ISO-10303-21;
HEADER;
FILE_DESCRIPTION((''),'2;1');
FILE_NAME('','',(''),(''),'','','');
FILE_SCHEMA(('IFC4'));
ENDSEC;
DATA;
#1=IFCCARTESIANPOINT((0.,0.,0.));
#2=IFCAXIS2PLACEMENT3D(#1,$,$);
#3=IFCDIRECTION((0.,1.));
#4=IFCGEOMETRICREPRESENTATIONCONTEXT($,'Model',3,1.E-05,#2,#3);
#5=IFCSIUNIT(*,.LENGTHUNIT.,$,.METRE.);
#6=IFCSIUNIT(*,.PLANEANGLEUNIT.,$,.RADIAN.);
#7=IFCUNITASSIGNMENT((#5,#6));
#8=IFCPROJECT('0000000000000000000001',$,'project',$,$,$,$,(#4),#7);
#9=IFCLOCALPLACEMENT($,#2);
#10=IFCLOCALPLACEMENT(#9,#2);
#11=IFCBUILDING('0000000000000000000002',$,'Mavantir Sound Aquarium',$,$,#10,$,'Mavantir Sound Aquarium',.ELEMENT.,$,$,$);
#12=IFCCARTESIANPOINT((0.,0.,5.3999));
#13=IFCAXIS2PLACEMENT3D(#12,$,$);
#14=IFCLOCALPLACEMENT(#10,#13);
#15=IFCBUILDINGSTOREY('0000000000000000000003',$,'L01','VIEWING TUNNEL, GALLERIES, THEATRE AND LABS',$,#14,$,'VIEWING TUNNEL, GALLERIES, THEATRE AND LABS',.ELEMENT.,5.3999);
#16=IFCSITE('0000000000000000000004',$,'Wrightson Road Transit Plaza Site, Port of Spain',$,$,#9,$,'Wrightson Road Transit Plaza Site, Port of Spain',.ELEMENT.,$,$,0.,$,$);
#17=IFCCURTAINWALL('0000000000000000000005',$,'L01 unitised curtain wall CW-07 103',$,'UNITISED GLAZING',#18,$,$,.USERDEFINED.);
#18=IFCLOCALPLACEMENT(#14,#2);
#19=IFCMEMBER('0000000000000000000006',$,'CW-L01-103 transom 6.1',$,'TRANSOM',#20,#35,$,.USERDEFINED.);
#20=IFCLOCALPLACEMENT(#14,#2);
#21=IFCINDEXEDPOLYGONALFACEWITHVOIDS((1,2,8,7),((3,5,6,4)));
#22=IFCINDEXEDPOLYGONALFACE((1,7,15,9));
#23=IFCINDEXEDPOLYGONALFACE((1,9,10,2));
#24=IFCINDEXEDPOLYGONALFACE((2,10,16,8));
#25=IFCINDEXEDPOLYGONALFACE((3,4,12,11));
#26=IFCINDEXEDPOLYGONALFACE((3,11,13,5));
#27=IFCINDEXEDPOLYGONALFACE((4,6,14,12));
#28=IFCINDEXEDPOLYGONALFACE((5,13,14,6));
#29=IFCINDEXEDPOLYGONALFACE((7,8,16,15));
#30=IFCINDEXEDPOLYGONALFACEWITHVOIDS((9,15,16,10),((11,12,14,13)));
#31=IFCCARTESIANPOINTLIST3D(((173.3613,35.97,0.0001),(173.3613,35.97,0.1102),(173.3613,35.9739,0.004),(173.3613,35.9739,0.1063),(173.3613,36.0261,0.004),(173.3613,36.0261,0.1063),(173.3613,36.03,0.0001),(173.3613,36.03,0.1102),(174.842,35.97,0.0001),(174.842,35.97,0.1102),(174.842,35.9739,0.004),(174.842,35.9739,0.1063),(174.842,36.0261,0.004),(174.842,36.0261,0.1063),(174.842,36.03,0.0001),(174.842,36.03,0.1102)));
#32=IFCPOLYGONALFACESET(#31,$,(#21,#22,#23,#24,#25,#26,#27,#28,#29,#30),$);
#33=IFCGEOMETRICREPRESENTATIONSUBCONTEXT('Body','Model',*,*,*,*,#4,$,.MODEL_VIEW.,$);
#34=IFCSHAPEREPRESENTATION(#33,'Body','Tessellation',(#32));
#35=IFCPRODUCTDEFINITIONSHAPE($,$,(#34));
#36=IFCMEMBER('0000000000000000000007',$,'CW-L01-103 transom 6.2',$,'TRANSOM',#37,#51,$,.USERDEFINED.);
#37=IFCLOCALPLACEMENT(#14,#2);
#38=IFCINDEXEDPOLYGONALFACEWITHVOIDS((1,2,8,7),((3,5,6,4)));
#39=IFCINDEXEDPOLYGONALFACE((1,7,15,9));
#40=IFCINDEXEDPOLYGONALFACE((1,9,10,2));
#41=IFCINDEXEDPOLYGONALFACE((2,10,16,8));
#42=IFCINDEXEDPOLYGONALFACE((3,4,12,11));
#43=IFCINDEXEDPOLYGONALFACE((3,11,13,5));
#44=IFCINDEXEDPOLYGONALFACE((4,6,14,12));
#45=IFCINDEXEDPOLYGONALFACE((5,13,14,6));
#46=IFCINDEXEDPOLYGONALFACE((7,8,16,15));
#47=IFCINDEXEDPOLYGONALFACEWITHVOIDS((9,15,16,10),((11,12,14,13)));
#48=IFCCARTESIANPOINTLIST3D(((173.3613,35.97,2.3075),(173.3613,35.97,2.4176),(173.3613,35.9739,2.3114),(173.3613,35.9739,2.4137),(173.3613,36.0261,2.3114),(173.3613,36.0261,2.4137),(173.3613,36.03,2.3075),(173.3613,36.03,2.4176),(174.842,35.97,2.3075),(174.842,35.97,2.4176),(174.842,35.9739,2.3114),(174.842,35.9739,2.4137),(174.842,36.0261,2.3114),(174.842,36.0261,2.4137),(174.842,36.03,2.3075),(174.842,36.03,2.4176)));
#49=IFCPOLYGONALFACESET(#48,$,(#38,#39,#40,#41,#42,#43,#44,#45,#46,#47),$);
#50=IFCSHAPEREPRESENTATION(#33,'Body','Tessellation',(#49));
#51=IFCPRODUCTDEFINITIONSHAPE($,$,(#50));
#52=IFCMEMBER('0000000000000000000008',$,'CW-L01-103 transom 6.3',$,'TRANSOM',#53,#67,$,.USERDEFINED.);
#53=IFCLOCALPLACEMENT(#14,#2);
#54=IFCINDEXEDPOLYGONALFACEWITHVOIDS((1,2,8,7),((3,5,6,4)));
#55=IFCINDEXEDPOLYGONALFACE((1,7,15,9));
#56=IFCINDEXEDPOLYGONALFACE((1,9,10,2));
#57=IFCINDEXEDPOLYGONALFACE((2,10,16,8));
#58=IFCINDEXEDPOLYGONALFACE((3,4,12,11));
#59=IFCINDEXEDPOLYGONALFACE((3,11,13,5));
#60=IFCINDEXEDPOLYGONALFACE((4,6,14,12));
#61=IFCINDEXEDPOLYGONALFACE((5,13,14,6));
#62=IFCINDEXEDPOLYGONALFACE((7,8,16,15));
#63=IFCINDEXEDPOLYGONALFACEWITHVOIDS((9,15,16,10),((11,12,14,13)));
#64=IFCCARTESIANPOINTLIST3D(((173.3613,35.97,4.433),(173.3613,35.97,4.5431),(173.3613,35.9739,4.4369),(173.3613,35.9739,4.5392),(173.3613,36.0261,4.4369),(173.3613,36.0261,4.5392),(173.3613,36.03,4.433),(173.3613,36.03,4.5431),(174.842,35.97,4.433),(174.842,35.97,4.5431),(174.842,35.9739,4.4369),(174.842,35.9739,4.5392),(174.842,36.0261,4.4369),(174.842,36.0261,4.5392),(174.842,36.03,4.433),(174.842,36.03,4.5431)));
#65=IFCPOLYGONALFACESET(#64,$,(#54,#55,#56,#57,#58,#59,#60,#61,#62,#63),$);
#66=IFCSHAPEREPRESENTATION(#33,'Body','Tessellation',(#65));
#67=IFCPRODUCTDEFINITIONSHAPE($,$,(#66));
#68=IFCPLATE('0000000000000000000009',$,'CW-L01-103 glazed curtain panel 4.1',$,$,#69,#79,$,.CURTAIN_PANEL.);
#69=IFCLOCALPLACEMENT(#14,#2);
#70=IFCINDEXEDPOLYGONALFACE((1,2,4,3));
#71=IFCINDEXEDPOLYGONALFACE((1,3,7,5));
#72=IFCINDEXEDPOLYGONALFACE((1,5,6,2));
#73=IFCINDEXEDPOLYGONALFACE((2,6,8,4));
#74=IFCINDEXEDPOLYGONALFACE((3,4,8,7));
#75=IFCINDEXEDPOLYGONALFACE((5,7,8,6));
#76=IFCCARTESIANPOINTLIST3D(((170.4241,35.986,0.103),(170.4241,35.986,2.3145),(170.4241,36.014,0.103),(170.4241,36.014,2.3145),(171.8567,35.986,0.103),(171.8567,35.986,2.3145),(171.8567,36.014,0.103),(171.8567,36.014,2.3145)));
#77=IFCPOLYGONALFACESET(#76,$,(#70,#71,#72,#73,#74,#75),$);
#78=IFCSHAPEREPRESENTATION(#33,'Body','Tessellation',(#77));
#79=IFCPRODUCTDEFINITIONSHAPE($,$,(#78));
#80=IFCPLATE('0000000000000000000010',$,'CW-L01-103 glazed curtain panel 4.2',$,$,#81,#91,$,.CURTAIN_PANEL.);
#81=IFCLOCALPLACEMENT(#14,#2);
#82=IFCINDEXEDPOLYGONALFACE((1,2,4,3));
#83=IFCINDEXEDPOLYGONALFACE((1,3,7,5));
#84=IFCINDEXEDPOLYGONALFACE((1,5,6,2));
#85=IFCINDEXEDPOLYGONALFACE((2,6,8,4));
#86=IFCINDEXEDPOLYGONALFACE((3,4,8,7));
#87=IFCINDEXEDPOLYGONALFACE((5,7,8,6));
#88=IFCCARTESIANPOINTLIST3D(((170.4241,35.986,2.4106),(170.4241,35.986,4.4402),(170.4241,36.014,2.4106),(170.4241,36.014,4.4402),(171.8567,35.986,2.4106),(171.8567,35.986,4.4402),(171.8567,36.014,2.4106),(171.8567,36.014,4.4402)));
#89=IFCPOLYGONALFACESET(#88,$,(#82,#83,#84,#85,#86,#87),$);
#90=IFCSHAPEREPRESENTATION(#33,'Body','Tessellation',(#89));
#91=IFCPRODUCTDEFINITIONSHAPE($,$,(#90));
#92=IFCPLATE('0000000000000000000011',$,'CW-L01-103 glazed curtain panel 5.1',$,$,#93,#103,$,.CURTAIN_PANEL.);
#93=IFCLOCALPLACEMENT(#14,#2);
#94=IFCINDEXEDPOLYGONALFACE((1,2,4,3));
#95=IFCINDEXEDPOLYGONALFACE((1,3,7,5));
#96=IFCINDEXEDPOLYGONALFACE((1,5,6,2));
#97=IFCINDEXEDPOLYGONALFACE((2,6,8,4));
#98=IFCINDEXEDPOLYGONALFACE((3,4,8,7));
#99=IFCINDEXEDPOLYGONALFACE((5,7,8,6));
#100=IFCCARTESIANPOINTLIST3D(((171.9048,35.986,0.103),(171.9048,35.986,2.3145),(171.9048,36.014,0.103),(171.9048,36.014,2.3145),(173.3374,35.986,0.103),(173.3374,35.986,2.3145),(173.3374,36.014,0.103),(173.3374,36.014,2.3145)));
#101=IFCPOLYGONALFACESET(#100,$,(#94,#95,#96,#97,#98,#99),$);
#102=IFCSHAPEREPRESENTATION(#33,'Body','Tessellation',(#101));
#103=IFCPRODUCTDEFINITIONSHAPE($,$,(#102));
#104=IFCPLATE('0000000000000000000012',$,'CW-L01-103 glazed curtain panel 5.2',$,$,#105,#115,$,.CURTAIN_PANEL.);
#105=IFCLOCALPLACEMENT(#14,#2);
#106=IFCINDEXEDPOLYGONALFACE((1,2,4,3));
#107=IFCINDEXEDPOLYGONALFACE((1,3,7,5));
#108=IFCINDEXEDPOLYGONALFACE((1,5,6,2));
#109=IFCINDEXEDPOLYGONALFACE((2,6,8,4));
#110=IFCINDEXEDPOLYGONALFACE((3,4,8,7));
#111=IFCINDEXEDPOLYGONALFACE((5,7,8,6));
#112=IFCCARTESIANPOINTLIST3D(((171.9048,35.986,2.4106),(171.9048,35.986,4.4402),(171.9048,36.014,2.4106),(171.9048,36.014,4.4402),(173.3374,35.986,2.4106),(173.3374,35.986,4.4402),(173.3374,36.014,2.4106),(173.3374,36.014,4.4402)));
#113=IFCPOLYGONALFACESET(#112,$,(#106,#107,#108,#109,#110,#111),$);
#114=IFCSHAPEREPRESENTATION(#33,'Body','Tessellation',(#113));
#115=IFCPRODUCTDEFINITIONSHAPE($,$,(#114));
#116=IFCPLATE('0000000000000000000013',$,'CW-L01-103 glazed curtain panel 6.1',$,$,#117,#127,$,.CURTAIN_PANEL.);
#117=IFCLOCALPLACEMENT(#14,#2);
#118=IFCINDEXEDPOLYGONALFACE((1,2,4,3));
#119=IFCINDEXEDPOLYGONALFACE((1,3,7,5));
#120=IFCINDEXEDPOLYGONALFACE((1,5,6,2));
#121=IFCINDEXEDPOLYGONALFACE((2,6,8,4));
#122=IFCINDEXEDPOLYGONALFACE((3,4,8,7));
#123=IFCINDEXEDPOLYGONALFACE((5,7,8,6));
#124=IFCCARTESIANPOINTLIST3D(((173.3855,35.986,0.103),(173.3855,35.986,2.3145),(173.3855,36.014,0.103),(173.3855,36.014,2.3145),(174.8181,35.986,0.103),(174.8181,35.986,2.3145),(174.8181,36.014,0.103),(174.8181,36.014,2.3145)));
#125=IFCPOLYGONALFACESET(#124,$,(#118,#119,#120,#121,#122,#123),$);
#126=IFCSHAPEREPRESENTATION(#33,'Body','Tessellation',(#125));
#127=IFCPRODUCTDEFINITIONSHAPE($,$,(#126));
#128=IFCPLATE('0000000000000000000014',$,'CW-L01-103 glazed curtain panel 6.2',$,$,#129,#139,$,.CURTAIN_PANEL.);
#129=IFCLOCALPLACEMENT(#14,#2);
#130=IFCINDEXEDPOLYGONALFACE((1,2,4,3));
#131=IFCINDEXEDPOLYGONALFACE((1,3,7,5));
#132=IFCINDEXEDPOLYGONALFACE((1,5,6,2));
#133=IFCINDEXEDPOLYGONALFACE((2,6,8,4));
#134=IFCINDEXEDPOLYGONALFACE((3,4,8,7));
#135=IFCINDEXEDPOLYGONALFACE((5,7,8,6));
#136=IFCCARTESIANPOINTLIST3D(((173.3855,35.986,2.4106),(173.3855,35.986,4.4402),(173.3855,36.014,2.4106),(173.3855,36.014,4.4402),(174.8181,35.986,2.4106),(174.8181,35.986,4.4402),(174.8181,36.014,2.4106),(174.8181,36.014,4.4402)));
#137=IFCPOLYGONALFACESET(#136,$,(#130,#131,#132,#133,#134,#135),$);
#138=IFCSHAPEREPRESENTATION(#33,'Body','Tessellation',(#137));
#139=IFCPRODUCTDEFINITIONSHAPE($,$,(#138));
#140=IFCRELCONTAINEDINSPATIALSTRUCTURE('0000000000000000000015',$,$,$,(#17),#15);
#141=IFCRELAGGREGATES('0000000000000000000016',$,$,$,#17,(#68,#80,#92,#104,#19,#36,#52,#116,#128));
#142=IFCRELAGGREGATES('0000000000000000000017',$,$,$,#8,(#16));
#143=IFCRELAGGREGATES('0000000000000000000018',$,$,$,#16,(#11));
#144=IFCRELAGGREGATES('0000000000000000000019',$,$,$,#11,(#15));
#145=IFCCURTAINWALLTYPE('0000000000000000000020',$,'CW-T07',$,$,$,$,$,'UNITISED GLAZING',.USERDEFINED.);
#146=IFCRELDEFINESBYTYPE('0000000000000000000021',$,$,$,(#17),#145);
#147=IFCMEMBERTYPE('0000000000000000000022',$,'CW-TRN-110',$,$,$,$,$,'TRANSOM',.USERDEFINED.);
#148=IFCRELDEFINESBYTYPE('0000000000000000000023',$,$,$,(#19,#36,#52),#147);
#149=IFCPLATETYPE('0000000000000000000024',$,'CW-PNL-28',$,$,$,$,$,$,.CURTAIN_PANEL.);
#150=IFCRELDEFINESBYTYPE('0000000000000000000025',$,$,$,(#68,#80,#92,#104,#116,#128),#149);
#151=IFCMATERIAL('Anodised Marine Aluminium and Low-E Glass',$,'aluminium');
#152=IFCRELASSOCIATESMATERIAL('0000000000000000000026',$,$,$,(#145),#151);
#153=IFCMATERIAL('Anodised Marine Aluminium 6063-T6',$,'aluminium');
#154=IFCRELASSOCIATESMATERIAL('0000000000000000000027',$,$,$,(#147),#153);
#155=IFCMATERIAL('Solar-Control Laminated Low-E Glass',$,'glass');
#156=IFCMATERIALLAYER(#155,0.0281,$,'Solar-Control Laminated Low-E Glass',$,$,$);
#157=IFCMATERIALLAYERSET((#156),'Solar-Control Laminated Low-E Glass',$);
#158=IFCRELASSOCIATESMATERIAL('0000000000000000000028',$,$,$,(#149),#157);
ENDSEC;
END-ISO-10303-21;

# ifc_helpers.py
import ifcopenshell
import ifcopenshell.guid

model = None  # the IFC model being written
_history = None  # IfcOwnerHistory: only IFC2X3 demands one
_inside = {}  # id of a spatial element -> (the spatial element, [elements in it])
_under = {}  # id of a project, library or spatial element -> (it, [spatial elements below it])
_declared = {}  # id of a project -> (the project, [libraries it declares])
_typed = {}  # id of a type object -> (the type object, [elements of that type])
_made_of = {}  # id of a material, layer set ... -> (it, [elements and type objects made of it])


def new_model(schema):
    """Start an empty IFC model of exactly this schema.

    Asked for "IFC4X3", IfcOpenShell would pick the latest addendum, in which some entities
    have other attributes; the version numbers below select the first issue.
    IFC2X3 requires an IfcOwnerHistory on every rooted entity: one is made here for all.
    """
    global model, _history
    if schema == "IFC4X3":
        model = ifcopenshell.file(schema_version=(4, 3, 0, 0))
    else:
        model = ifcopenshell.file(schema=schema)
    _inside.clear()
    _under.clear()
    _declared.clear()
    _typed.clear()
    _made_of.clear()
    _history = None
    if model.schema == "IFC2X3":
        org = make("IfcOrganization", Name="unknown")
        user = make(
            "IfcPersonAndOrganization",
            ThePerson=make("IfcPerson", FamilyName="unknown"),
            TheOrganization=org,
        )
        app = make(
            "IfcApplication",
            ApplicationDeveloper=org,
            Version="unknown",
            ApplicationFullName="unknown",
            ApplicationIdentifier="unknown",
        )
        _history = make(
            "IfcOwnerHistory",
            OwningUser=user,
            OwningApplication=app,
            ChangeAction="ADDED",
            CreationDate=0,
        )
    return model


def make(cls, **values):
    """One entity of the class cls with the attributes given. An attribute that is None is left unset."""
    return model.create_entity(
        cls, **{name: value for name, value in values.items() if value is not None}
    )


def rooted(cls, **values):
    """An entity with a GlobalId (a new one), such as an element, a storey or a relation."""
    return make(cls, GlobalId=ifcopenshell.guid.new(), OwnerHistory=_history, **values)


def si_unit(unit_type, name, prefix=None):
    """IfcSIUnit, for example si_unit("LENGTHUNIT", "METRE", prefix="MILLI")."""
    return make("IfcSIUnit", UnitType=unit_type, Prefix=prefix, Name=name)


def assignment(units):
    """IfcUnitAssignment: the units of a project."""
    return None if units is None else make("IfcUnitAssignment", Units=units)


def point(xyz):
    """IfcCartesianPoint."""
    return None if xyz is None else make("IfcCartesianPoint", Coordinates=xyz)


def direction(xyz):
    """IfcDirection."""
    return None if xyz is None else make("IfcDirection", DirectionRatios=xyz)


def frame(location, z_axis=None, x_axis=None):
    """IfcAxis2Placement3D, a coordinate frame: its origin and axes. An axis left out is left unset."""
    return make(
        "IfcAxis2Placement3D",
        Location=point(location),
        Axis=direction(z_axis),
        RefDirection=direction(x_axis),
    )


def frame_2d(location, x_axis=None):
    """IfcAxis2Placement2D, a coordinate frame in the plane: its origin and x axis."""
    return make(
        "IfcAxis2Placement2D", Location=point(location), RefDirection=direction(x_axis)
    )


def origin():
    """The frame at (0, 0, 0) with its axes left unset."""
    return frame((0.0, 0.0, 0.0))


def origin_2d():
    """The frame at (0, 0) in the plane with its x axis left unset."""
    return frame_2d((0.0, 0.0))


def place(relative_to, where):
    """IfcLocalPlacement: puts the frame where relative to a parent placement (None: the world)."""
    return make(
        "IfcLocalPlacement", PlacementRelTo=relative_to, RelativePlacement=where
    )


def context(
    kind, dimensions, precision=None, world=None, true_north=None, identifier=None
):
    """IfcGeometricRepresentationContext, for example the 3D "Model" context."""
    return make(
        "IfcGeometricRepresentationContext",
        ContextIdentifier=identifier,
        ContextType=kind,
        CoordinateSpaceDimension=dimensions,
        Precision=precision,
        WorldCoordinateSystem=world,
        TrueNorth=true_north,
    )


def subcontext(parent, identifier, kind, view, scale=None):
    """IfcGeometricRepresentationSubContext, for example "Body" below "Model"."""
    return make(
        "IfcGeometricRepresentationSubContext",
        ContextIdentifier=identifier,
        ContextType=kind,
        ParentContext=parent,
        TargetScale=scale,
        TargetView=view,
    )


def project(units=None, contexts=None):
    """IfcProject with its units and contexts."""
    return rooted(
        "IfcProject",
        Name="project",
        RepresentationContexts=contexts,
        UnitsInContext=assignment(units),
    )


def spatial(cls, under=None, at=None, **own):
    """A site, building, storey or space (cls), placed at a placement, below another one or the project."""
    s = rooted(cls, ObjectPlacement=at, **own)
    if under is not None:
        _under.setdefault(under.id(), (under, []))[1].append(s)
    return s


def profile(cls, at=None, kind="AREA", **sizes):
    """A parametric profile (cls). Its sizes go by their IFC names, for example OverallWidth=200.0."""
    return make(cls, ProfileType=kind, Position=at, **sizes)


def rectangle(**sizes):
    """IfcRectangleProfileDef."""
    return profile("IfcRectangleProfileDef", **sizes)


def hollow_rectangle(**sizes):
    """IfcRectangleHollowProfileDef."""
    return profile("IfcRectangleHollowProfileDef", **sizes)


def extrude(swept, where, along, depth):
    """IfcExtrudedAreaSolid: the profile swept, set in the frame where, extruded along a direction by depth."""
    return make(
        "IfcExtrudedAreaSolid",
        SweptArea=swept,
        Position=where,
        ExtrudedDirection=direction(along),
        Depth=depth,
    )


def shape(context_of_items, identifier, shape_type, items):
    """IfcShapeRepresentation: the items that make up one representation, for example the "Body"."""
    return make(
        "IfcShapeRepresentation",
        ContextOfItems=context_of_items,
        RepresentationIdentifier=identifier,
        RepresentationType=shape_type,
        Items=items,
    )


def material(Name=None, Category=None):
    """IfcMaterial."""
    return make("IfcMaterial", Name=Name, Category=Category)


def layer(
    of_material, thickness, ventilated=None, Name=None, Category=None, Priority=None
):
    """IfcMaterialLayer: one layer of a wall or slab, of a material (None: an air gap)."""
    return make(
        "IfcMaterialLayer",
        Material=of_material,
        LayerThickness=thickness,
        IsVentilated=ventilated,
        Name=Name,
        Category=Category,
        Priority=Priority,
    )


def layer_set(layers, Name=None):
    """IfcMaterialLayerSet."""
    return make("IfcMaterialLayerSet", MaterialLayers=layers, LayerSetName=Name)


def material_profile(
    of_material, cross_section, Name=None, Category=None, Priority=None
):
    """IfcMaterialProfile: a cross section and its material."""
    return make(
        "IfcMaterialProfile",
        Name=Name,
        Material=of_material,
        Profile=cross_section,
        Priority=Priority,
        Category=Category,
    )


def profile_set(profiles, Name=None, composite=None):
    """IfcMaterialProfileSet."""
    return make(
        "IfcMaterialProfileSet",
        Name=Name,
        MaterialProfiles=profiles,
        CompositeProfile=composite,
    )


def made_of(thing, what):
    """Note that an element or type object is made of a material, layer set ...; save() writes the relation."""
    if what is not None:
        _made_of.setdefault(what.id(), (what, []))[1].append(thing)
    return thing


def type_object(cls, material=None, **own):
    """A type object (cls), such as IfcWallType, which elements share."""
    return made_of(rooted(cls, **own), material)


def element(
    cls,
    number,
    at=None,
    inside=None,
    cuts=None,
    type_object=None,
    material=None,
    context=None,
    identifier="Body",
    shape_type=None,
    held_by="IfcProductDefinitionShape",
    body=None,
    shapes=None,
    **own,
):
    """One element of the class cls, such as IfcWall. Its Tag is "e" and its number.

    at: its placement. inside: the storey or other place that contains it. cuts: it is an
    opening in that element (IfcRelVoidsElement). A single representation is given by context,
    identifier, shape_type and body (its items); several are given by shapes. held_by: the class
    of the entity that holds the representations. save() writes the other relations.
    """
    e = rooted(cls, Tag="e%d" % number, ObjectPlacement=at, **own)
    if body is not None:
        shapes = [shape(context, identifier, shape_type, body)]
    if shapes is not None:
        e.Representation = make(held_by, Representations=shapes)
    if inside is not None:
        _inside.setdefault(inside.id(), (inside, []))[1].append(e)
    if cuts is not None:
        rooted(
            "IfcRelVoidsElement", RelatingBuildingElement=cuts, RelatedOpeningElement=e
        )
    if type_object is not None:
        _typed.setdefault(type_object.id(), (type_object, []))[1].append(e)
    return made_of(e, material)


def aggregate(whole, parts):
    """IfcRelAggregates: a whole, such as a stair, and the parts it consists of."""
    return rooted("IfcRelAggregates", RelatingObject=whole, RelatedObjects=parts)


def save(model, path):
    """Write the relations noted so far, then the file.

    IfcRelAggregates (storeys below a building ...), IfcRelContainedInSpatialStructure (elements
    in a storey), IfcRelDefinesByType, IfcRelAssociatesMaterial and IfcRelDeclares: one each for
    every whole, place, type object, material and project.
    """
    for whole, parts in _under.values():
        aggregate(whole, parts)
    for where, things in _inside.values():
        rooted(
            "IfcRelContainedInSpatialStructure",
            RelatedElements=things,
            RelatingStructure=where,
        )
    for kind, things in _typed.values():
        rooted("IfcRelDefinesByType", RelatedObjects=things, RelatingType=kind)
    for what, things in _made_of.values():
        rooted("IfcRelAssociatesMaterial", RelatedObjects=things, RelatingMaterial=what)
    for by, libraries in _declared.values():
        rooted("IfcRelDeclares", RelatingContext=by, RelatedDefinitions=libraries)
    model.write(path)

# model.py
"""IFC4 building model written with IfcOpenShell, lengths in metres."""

from ifc_helpers import new_model, si_unit, direction, frame, origin, origin_2d, place, context, subcontext, project, spatial, rectangle, hollow_rectangle, extrude, material, layer, layer_set, material_profile, profile_set, type_object, element, aggregate, save


model = new_model("IFC4")

# Units and contexts
model_context = context("Model", 3, precision=1e-05, world=origin(), true_north=direction((0.0, 1.0)))
body_context = subcontext(model_context, "Body", "Model", "MODEL_VIEW")
ifc_project = project(units=[si_unit("LENGTHUNIT", "METRE"), si_unit("PLANEANGLEUNIT", "RADIAN")], contexts=[model_context])

# Site, building, storey
site_placement = place(None, origin())
site = spatial("IfcSite", under=ifc_project, at=site_placement, Name="Wrightson Road Transit Plaza Site, Port of Spain", LongName="Wrightson Road Transit Plaza Site, Port of Spain", CompositionType="ELEMENT", RefElevation=0.0)
building_placement = place(site_placement, origin())
building = spatial("IfcBuilding", under=site, at=building_placement, Name="Mavantir Sound Aquarium", LongName="Mavantir Sound Aquarium", CompositionType="ELEMENT")
storey_placement = place(building_placement, frame((0.0, 0.0, 5.3999)))
storey = spatial("IfcBuildingStorey", under=building, at=storey_placement, Name="L01", Description="VIEWING TUNNEL, GALLERIES, THEATRE AND LABS", LongName="VIEWING TUNNEL, GALLERIES, THEATRE AND LABS", CompositionType="ELEMENT", Elevation=5.3999)

# Curtain wall, members, plates
ifc_material_1 = material(Name="Anodised Marine Aluminium and Low-E Glass", Category="aluminium")
curtain_wall_type = type_object("IfcCurtainWallType", Name="CW-T07", ElementType="UNITISED GLAZING", PredefinedType="USERDEFINED", material=ifc_material_1)
curtain_wall_placement = place(storey_placement, origin())
curtain_wall = element("IfcCurtainWall", 1, at=curtain_wall_placement, inside=storey, type_object=curtain_wall_type, Name="L01 unitised curtain wall CW-07 103", ObjectType="UNITISED GLAZING", PredefinedType="USERDEFINED")
ifc_material_2 = material(Name="Anodised Marine Aluminium 6063-T6", Category="aluminium")
ifc_material_profile_1 = material_profile(ifc_material_2, hollow_rectangle(XDim=0.0601, YDim=0.1101, WallThickness=0.0039, at=origin_2d()), Name="ALU-TRANSOM-110X60")
ifc_profile_set_1 = profile_set([ifc_material_profile_1], Name="Anodised Marine Aluminium 6063-T6")
member_type_1 = type_object("IfcMemberType", Name="CW-TRN-110", ElementType="TRANSOM", PredefinedType="USERDEFINED", material=ifc_profile_set_1)
member_1_placement = place(storey_placement, frame((173.3613, 36.0, 0.0552), z_axis=(1.0, 0.0, 0.0), x_axis=(0.0, 1.0, 0.0)))
member_1 = element("IfcMember", 2, at=member_1_placement, type_object=member_type_1, Name="CW-L01-103 transom 6.1", ObjectType="TRANSOM", PredefinedType="USERDEFINED", context=body_context, shape_type="SweptSolid", body=[
    extrude(hollow_rectangle(XDim=0.0601, YDim=0.1101, WallThickness=0.0039, at=origin_2d()), origin(), (0.0, 0.0, 1.0), 1.4807),
])
member_2_placement = place(storey_placement, frame((173.3613, 36.0, 2.3625), z_axis=(1.0, 0.0, 0.0), x_axis=(0.0, 1.0, 0.0)))
member_2 = element("IfcMember", 3, at=member_2_placement, type_object=member_type_1, Name="CW-L01-103 transom 6.2", ObjectType="TRANSOM", PredefinedType="USERDEFINED", context=body_context, shape_type="SweptSolid", body=[
    extrude(hollow_rectangle(XDim=0.0601, YDim=0.1101, WallThickness=0.0039, at=origin_2d()), origin(), (0.0, 0.0, 1.0), 1.4807),
])
member_3_placement = place(storey_placement, frame((173.3613, 36.0, 4.488), z_axis=(1.0, 0.0, 0.0), x_axis=(0.0, 1.0, 0.0)))
member_3 = element("IfcMember", 4, at=member_3_placement, type_object=member_type_1, Name="CW-L01-103 transom 6.3", ObjectType="TRANSOM", PredefinedType="USERDEFINED", context=body_context, shape_type="SweptSolid", body=[
    extrude(hollow_rectangle(XDim=0.0601, YDim=0.1101, WallThickness=0.0039, at=origin_2d()), origin(), (0.0, 0.0, 1.0), 1.4807),
])
ifc_material_3 = material(Name="Solar-Control Laminated Low-E Glass", Category="glass")
ifc_layer = layer(ifc_material_3, 0.0281, Name="Solar-Control Laminated Low-E Glass")
ifc_layer_set = layer_set([ifc_layer], Name="Solar-Control Laminated Low-E Glass")
plate_type = type_object("IfcPlateType", Name="CW-PNL-28", PredefinedType="CURTAIN_PANEL", material=ifc_layer_set)
plate_1_placement = place(storey_placement, frame((171.1404, 36.0, 0.103), z_axis=(0.0, 0.0, 1.0), x_axis=(1.0, 0.0, 0.0)))
plate_1 = element("IfcPlate", 5, at=plate_1_placement, type_object=plate_type, Name="CW-L01-103 glazed curtain panel 4.1", PredefinedType="CURTAIN_PANEL", context=body_context, shape_type="SweptSolid", body=[
    extrude(rectangle(XDim=1.4326, YDim=0.0281, at=origin_2d()), origin(), (0.0, 0.0, 1.0), 2.2114),
])
plate_2_placement = place(storey_placement, frame((171.1404, 36.0, 2.4106), z_axis=(0.0, 0.0, 1.0), x_axis=(1.0, 0.0, 0.0)))
plate_2 = element("IfcPlate", 6, at=plate_2_placement, type_object=plate_type, Name="CW-L01-103 glazed curtain panel 4.2", PredefinedType="CURTAIN_PANEL", context=body_context, shape_type="SweptSolid", body=[
    extrude(rectangle(XDim=1.4326, YDim=0.0281, at=origin_2d()), origin(), (0.0, 0.0, 1.0), 2.0295),
])
plate_3_placement = place(storey_placement, frame((172.6211, 36.0, 0.103), z_axis=(0.0, 0.0, 1.0), x_axis=(1.0, 0.0, 0.0)))
plate_3 = element("IfcPlate", 7, at=plate_3_placement, type_object=plate_type, Name="CW-L01-103 glazed curtain panel 5.1", PredefinedType="CURTAIN_PANEL", context=body_context, shape_type="SweptSolid", body=[
    extrude(rectangle(XDim=1.4326, YDim=0.0281, at=origin_2d()), origin(), (0.0, 0.0, 1.0), 2.2114),
])
plate_4_placement = place(storey_placement, frame((172.6211, 36.0, 2.4106), z_axis=(0.0, 0.0, 1.0), x_axis=(1.0, 0.0, 0.0)))
plate_4 = element("IfcPlate", 8, at=plate_4_placement, type_object=plate_type, Name="CW-L01-103 glazed curtain panel 5.2", PredefinedType="CURTAIN_PANEL", context=body_context, shape_type="SweptSolid", body=[
    extrude(rectangle(XDim=1.4326, YDim=0.0281, at=origin_2d()), origin(), (0.0, 0.0, 1.0), 2.0295),
])
plate_5_placement = place(storey_placement, frame((174.1018, 36.0, 0.103), z_axis=(0.0, 0.0, 1.0), x_axis=(1.0, 0.0, 0.0)))
plate_5 = element("IfcPlate", 9, at=plate_5_placement, type_object=plate_type, Name="CW-L01-103 glazed curtain panel 6.1", PredefinedType="CURTAIN_PANEL", context=body_context, shape_type="SweptSolid", body=[
    extrude(rectangle(XDim=1.4326, YDim=0.0281, at=origin_2d()), origin(), (0.0, 0.0, 1.0), 2.2114),
])
plate_6_placement = place(storey_placement, frame((174.1018, 36.0, 2.4106), z_axis=(0.0, 0.0, 1.0), x_axis=(1.0, 0.0, 0.0)))
plate_6 = element("IfcPlate", 10, at=plate_6_placement, type_object=plate_type, Name="CW-L01-103 glazed curtain panel 6.2", PredefinedType="CURTAIN_PANEL", context=body_context, shape_type="SweptSolid", body=[
    extrude(rectangle(XDim=1.4326, YDim=0.0281, at=origin_2d()), origin(), (0.0, 0.0, 1.0), 2.0295),
])
aggregate(curtain_wall, [plate_1, plate_2, plate_3, plate_4, member_1, member_2, member_3, plate_5, plate_6])

save(model, "model.ifc")
